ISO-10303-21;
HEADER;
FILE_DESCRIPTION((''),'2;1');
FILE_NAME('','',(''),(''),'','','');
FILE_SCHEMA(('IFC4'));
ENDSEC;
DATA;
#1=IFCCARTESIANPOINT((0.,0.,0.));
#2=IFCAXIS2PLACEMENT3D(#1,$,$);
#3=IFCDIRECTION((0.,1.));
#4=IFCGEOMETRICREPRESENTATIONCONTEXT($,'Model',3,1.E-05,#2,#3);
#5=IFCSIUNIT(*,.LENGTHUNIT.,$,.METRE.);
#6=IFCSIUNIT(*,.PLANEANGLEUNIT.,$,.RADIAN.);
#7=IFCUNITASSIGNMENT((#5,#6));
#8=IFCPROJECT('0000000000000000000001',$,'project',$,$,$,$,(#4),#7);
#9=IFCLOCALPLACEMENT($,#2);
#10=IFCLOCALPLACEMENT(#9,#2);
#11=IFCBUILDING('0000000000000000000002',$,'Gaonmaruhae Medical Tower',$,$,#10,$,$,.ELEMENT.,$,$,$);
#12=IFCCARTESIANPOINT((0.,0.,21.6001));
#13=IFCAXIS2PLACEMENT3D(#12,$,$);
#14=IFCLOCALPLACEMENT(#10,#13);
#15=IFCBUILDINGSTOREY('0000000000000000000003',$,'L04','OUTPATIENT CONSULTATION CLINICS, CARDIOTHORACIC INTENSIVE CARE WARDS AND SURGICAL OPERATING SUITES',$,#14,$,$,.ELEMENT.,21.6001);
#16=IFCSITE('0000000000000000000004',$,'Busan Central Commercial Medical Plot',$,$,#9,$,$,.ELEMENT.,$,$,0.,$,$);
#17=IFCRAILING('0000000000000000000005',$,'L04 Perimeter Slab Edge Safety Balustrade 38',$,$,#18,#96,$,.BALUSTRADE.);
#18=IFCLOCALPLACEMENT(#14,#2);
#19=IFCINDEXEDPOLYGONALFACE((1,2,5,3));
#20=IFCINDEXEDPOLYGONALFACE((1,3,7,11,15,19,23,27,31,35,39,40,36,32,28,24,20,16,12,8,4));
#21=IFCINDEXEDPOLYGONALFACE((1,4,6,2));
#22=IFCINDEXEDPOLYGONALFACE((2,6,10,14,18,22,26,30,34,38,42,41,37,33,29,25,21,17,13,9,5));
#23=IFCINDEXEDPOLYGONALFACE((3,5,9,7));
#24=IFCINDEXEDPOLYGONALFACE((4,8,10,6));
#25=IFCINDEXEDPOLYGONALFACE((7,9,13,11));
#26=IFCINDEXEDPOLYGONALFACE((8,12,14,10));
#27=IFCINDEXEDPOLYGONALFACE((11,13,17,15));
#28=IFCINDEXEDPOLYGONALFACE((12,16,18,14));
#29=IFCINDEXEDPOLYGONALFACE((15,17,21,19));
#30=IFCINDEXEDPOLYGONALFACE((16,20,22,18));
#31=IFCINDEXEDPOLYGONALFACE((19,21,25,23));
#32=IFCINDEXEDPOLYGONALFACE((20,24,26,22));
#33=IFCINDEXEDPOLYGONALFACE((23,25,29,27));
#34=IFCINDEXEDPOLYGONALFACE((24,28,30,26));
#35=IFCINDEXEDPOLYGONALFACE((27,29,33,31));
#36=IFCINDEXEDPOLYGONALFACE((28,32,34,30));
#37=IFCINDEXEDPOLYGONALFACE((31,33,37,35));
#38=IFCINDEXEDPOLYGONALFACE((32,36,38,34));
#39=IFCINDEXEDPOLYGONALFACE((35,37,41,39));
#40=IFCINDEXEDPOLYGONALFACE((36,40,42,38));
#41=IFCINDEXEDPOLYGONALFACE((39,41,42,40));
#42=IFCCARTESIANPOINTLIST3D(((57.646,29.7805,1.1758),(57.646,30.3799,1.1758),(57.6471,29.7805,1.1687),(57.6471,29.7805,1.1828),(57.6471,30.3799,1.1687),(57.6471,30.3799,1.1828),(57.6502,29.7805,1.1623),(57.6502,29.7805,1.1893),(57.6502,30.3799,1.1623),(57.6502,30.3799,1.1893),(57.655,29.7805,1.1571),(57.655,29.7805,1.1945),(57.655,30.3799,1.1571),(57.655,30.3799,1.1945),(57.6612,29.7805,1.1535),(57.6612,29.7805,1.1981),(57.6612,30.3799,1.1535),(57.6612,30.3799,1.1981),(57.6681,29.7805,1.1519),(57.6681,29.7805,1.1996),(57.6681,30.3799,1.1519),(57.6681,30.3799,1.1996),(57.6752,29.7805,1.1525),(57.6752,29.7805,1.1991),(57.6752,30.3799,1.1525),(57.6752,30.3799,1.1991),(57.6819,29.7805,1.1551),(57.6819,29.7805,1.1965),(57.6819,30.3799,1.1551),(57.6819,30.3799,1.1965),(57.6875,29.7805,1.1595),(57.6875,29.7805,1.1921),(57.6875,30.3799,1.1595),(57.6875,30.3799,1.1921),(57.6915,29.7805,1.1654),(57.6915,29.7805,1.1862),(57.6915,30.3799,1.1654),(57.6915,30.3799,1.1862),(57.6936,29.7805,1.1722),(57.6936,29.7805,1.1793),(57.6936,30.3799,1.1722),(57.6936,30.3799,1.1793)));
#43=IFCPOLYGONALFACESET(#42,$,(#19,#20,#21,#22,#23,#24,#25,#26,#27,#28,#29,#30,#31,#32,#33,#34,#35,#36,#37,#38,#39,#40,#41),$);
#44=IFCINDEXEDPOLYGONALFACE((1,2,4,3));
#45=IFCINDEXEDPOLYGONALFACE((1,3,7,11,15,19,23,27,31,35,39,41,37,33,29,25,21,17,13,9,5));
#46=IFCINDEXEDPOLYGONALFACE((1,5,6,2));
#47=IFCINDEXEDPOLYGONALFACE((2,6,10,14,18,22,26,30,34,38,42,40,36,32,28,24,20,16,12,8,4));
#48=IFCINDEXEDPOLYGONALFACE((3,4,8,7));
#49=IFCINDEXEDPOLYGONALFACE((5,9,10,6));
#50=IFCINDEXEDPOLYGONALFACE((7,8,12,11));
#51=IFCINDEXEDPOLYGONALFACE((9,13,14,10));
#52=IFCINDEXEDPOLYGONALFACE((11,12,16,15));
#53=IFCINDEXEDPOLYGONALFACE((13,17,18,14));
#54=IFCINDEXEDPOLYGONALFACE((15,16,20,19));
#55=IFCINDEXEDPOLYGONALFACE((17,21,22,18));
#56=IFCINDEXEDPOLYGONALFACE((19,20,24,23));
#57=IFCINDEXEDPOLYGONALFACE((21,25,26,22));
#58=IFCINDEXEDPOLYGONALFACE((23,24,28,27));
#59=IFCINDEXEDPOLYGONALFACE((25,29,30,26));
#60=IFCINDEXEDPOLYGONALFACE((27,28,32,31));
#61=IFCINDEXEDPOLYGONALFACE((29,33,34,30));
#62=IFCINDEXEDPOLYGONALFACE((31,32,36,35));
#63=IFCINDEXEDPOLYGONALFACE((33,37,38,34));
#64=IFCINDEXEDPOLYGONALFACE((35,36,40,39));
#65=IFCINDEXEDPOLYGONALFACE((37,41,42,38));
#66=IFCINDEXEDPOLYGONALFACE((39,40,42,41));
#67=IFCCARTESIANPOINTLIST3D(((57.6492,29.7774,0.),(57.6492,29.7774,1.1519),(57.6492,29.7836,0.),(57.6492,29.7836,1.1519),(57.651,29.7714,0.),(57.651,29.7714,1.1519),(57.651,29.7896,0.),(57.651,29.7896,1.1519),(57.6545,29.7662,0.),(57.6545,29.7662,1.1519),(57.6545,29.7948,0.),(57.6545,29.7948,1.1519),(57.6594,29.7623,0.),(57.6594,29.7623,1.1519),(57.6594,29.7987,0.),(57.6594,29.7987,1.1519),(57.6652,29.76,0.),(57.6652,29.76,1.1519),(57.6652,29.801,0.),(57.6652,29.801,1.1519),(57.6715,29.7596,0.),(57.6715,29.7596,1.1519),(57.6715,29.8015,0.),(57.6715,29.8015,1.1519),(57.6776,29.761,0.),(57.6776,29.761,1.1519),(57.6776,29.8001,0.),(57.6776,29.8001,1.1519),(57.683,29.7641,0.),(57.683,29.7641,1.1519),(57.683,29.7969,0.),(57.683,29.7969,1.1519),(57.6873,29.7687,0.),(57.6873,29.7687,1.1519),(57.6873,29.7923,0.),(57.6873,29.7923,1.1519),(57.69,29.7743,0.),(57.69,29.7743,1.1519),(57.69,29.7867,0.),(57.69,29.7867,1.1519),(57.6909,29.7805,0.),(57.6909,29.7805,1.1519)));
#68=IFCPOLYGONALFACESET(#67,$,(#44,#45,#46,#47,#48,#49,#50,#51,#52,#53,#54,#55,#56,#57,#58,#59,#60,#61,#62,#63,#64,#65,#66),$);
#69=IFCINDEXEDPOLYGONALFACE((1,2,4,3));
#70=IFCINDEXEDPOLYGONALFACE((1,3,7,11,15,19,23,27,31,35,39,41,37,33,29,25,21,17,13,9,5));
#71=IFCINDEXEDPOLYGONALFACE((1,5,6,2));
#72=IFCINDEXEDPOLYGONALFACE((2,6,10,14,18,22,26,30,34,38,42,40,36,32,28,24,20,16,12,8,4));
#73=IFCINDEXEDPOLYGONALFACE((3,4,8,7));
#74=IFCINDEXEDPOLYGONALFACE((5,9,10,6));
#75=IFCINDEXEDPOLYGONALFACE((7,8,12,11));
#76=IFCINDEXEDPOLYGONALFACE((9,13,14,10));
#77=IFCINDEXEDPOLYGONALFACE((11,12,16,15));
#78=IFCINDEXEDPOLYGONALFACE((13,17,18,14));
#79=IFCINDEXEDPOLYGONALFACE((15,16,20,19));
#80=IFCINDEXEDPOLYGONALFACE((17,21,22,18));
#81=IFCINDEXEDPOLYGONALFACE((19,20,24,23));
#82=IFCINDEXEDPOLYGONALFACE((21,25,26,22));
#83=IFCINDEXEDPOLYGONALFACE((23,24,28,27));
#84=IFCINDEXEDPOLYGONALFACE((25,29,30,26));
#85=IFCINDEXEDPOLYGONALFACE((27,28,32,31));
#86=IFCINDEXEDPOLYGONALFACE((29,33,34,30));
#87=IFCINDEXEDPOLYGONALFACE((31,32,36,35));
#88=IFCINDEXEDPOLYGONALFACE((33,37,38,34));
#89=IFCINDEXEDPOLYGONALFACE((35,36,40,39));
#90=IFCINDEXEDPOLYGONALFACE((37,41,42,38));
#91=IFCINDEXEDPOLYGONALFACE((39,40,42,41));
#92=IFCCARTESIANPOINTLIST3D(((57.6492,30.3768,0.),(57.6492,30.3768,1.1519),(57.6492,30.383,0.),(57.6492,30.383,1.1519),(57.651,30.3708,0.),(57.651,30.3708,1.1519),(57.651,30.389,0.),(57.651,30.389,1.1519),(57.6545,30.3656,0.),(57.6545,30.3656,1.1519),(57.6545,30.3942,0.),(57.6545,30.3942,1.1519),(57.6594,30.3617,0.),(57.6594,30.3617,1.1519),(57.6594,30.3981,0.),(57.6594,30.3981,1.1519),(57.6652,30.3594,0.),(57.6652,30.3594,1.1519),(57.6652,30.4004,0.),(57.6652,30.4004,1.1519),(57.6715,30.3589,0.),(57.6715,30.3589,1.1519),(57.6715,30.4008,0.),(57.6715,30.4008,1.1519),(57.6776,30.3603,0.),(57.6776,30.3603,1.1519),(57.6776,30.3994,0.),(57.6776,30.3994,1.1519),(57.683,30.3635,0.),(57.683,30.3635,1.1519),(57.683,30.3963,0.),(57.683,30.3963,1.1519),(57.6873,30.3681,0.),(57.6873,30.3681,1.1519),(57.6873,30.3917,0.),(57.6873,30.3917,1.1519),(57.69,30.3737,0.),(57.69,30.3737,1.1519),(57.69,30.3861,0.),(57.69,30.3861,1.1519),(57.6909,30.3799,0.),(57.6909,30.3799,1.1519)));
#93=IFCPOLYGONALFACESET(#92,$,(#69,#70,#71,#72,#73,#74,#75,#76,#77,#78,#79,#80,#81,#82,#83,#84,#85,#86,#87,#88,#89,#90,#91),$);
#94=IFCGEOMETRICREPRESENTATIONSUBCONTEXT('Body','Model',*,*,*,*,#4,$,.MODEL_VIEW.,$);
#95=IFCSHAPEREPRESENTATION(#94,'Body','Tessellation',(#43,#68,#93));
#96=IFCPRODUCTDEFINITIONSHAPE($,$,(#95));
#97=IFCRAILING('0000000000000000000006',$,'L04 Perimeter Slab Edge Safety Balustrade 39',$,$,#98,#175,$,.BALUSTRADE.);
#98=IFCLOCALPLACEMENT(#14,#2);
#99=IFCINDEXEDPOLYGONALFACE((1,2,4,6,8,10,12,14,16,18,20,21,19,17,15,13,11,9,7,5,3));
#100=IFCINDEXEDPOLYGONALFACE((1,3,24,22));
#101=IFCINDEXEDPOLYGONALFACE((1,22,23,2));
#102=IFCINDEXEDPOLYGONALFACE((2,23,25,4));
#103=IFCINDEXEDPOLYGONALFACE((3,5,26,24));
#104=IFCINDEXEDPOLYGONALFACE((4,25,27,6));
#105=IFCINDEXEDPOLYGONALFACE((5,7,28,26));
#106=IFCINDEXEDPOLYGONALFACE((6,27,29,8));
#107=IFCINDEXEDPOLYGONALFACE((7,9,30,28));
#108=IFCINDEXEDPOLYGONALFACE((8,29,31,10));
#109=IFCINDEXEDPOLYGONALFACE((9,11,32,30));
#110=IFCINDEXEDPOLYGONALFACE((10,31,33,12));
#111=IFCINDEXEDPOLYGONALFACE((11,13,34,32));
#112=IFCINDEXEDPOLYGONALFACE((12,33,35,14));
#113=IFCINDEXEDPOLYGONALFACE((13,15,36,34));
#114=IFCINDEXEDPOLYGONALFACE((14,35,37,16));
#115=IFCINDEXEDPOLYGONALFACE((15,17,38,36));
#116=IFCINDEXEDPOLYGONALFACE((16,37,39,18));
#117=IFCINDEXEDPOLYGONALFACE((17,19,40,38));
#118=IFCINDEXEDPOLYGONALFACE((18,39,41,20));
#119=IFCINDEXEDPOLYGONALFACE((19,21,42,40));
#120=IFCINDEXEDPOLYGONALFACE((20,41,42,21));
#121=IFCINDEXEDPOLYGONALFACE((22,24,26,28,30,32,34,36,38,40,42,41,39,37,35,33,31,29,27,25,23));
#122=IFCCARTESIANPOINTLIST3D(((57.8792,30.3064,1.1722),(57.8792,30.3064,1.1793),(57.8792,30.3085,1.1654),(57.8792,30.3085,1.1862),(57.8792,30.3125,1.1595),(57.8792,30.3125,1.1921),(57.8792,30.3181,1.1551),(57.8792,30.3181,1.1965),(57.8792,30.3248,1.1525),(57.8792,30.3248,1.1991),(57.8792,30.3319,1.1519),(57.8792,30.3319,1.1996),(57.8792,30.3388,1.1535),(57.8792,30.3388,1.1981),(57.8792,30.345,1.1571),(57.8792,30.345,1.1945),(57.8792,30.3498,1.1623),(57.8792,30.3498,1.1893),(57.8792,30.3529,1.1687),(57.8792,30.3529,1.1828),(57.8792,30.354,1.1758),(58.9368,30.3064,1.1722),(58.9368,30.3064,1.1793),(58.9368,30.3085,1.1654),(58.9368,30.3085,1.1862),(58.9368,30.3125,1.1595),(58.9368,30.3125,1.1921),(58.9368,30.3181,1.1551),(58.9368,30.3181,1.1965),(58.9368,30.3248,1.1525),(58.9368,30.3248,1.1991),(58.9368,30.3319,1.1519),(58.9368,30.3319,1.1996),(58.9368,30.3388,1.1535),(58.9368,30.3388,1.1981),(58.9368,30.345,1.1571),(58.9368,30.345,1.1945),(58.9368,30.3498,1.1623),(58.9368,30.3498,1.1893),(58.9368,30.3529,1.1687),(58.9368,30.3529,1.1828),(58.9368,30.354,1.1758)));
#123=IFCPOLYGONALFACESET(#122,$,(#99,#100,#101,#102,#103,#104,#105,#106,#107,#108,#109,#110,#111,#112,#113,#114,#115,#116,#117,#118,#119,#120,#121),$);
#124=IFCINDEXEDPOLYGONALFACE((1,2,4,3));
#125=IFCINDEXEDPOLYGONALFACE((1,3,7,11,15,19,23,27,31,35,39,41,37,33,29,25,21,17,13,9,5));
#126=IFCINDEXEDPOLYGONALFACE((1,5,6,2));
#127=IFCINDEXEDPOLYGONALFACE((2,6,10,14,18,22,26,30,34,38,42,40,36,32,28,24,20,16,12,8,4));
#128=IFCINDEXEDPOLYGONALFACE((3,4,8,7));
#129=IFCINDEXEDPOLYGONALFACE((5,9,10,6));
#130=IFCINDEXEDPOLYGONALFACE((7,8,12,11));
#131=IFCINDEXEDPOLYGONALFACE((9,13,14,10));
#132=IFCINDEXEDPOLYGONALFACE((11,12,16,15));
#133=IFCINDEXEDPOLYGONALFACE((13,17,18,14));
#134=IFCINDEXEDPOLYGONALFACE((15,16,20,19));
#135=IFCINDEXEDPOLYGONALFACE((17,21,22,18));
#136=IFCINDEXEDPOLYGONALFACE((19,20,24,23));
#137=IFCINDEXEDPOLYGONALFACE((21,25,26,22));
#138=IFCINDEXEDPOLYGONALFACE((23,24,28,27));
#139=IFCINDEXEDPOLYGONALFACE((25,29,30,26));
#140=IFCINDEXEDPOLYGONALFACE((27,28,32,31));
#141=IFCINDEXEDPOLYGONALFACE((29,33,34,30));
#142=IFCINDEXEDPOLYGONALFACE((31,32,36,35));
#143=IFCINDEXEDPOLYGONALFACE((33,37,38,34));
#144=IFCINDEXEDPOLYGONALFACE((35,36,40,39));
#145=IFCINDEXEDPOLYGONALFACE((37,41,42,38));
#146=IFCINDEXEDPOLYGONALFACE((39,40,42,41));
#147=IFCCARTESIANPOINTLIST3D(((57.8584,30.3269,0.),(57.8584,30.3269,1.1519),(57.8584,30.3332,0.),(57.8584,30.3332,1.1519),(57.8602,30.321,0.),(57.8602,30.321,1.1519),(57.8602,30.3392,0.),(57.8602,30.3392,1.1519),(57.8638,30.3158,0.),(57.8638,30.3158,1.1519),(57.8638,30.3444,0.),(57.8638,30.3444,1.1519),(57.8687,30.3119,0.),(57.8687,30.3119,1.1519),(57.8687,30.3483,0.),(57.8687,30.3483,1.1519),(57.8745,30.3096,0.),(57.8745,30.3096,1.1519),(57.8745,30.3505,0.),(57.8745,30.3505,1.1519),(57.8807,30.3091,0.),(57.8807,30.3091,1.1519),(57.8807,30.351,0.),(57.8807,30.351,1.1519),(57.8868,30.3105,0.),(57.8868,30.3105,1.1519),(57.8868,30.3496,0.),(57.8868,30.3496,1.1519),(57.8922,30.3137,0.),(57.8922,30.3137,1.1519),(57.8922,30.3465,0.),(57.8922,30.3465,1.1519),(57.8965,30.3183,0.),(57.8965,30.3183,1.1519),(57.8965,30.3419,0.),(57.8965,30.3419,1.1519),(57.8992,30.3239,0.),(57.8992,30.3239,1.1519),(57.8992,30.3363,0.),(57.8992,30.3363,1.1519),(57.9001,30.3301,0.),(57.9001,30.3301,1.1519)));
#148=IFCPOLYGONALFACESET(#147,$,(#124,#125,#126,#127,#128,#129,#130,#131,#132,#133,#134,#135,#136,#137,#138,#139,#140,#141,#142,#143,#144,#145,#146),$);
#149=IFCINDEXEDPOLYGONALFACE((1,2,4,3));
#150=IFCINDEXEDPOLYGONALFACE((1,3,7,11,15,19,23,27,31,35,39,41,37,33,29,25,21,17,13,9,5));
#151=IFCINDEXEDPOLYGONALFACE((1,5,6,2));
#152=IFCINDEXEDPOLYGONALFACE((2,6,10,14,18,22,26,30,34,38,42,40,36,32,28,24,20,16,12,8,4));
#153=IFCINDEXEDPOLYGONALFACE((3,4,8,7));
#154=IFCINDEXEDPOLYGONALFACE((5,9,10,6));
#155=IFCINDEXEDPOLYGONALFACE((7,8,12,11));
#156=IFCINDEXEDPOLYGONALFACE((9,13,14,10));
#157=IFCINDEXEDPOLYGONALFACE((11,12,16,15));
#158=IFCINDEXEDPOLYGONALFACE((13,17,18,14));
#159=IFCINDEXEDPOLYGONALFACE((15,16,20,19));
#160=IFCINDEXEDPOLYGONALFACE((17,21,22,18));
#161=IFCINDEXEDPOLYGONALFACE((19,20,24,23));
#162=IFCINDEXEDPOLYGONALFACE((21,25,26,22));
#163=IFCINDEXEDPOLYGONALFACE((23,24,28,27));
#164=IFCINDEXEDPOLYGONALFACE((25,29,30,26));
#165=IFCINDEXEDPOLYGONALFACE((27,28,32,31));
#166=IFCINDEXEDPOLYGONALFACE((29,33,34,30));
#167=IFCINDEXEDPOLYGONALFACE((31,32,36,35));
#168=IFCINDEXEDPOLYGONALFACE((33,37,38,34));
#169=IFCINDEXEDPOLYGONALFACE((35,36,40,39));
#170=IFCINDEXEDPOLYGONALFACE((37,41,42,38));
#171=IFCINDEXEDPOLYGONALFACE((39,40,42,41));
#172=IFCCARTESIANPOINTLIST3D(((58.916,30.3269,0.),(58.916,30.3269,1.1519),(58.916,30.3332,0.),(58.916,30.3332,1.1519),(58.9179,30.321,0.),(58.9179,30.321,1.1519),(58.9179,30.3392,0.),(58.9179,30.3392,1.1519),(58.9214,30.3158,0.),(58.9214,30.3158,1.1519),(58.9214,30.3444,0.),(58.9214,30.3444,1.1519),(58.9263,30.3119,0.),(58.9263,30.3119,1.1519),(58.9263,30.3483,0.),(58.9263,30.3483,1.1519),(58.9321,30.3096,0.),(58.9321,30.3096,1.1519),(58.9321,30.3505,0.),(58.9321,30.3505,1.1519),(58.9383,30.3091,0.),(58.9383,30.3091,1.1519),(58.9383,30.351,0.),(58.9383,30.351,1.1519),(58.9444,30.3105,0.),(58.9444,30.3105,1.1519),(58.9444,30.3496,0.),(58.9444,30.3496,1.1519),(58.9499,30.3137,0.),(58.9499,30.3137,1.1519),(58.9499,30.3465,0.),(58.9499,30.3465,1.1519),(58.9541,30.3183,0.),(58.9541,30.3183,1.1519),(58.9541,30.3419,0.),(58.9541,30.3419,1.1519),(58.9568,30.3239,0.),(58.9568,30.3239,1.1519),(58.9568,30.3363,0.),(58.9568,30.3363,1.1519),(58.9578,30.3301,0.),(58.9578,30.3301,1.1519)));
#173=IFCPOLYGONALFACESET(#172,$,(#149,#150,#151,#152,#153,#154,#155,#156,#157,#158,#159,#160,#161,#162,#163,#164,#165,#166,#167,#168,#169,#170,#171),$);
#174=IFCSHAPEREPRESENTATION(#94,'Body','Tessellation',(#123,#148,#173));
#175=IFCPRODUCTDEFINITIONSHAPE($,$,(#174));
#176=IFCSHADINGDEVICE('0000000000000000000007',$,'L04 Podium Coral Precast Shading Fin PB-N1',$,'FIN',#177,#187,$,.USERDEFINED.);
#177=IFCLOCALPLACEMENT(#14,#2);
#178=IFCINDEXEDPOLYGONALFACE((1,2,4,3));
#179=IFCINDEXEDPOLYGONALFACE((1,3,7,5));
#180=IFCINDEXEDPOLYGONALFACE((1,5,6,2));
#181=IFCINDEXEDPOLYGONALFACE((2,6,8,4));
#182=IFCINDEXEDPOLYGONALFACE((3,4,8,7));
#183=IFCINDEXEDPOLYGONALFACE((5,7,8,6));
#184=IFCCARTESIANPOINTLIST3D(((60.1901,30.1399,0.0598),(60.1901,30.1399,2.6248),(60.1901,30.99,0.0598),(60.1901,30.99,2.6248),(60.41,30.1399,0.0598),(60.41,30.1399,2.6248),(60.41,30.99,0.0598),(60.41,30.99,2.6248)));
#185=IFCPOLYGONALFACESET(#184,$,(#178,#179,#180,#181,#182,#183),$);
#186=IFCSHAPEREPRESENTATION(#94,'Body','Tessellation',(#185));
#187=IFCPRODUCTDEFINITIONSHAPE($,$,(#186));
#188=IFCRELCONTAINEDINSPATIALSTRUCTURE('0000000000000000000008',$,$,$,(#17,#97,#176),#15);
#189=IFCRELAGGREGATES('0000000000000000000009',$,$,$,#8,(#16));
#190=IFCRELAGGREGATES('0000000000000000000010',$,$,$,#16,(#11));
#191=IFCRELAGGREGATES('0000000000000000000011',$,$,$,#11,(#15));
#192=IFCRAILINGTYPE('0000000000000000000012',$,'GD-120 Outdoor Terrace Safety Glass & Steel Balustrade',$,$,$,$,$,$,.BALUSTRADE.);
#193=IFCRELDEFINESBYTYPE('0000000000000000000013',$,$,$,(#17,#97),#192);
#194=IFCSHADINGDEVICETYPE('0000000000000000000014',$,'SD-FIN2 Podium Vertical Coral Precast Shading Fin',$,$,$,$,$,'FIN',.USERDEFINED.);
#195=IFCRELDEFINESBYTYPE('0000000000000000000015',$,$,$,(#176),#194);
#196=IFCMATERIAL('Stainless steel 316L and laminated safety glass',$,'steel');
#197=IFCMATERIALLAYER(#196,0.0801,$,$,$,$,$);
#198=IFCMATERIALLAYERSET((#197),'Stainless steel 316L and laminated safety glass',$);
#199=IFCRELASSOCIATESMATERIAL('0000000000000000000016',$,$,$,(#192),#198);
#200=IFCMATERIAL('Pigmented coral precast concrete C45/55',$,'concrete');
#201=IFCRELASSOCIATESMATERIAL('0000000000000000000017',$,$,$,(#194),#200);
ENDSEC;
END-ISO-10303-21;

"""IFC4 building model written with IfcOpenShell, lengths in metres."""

from ifc_helpers import new_model, si_unit, direction, frame, origin, origin_2d, place, context, subcontext, project, spatial, rectangle, circle, extrude, material, layer, layer_set, type_object, element, save


model = new_model("IFC4")

# Units and contexts
model_context = context("Model", 3, precision=1e-05, world=origin(), true_north=direction((0.0, 1.0)))
body_context = subcontext(model_context, "Body", "Model", "MODEL_VIEW")
ifc_project = project(units=[si_unit("LENGTHUNIT", "METRE"), si_unit("PLANEANGLEUNIT", "RADIAN")], contexts=[model_context])

# Site, building, storey
site_placement = place(None, origin())
site = spatial("IfcSite", under=ifc_project, at=site_placement, Name="Busan Central Commercial Medical Plot", CompositionType="ELEMENT", RefElevation=0.0)
building_placement = place(site_placement, origin())
building = spatial("IfcBuilding", under=site, at=building_placement, Name="Gaonmaruhae Medical Tower", CompositionType="ELEMENT")
storey_placement = place(building_placement, frame((0.0, 0.0, 21.6001)))
storey = spatial("IfcBuildingStorey", under=building, at=storey_placement, Name="L04", Description="OUTPATIENT CONSULTATION CLINICS, CARDIOTHORACIC INTENSIVE CARE WARDS AND SURGICAL OPERATING SUITES", CompositionType="ELEMENT", Elevation=21.6001)

# Railings
ifc_material_1 = material(Name="Stainless steel 316L and laminated safety glass", Category="steel")
ifc_layer_1 = layer(ifc_material_1, 0.0801)
ifc_layer_set_1 = layer_set([ifc_layer_1], Name="Stainless steel 316L and laminated safety glass")
railing_type_1 = type_object("IfcRailingType", Name="GD-120 Outdoor Terrace Safety Glass & Steel Balustrade", PredefinedType="BALUSTRADE", material=ifc_layer_set_1)
railing_1_placement = place(storey_placement, frame((57.6699, 29.7805, 0.0)))
element("IfcRailing", 1, at=railing_1_placement, inside=storey, type_object=railing_type_1, Name="L04 Perimeter Slab Edge Safety Balustrade 38", PredefinedType="BALUSTRADE", context=body_context, shape_type="SweptSolid", body=[
    extrude(circle(Radius=0.0239, at=origin_2d()), frame((0.0, 0.0, 1.1758), z_axis=(0.0, 1.0, 0.0), x_axis=(-1.0, 0.0, 0.0)), (0.0, 0.0, 1.0), 0.5994),
    extrude(circle(Radius=0.021, at=origin_2d()), origin(), (0.0, 0.0, 1.0), 1.1519),
    extrude(circle(Radius=0.021, at=origin_2d()), frame((0.0, 0.5994, 0.0)), (0.0, 0.0, 1.0), 1.1519),
])
railing_2_placement = place(storey_placement, frame((57.8792, 30.3301, 0.0)))
element("IfcRailing", 2, at=railing_2_placement, inside=storey, type_object=railing_type_1, Name="L04 Perimeter Slab Edge Safety Balustrade 39", PredefinedType="BALUSTRADE", context=body_context, shape_type="SweptSolid", body=[
    extrude(circle(Radius=0.0239, at=origin_2d()), frame((0.0, 0.0, 1.1758), z_axis=(1.0, 0.0, 0.0), x_axis=(0.0, 1.0, 0.0)), (0.0, 0.0, 1.0), 1.0576),
    extrude(circle(Radius=0.021, at=origin_2d()), origin(), (0.0, 0.0, 1.0), 1.1519),
    extrude(circle(Radius=0.021, at=origin_2d()), frame((1.0576, 0.0, 0.0)), (0.0, 0.0, 1.0), 1.1519),
])

# Shading device
ifc_material_2 = material(Name="Pigmented coral precast concrete C45/55", Category="concrete")
shading_device_type = type_object("IfcShadingDeviceType", Name="SD-FIN2 Podium Vertical Coral Precast Shading Fin", ElementType="FIN", PredefinedType="USERDEFINED", material=ifc_material_2)
shading_device_placement = place(storey_placement, frame((60.3, 30.5649, 0.0598), z_axis=(0.0, 0.0, 1.0), x_axis=(1.0, 0.0, 0.0)))
element("IfcShadingDevice", 3, at=shading_device_placement, inside=storey, type_object=shading_device_type, Name="L04 Podium Coral Precast Shading Fin PB-N1", ObjectType="FIN", PredefinedType="USERDEFINED", context=body_context, shape_type="SweptSolid", body=[
    extrude(rectangle(XDim=0.22, YDim=0.8501, at=origin_2d()), origin(), (0.0, 0.0, 1.0), 2.5649),
])

save(model, "model.ifc")
